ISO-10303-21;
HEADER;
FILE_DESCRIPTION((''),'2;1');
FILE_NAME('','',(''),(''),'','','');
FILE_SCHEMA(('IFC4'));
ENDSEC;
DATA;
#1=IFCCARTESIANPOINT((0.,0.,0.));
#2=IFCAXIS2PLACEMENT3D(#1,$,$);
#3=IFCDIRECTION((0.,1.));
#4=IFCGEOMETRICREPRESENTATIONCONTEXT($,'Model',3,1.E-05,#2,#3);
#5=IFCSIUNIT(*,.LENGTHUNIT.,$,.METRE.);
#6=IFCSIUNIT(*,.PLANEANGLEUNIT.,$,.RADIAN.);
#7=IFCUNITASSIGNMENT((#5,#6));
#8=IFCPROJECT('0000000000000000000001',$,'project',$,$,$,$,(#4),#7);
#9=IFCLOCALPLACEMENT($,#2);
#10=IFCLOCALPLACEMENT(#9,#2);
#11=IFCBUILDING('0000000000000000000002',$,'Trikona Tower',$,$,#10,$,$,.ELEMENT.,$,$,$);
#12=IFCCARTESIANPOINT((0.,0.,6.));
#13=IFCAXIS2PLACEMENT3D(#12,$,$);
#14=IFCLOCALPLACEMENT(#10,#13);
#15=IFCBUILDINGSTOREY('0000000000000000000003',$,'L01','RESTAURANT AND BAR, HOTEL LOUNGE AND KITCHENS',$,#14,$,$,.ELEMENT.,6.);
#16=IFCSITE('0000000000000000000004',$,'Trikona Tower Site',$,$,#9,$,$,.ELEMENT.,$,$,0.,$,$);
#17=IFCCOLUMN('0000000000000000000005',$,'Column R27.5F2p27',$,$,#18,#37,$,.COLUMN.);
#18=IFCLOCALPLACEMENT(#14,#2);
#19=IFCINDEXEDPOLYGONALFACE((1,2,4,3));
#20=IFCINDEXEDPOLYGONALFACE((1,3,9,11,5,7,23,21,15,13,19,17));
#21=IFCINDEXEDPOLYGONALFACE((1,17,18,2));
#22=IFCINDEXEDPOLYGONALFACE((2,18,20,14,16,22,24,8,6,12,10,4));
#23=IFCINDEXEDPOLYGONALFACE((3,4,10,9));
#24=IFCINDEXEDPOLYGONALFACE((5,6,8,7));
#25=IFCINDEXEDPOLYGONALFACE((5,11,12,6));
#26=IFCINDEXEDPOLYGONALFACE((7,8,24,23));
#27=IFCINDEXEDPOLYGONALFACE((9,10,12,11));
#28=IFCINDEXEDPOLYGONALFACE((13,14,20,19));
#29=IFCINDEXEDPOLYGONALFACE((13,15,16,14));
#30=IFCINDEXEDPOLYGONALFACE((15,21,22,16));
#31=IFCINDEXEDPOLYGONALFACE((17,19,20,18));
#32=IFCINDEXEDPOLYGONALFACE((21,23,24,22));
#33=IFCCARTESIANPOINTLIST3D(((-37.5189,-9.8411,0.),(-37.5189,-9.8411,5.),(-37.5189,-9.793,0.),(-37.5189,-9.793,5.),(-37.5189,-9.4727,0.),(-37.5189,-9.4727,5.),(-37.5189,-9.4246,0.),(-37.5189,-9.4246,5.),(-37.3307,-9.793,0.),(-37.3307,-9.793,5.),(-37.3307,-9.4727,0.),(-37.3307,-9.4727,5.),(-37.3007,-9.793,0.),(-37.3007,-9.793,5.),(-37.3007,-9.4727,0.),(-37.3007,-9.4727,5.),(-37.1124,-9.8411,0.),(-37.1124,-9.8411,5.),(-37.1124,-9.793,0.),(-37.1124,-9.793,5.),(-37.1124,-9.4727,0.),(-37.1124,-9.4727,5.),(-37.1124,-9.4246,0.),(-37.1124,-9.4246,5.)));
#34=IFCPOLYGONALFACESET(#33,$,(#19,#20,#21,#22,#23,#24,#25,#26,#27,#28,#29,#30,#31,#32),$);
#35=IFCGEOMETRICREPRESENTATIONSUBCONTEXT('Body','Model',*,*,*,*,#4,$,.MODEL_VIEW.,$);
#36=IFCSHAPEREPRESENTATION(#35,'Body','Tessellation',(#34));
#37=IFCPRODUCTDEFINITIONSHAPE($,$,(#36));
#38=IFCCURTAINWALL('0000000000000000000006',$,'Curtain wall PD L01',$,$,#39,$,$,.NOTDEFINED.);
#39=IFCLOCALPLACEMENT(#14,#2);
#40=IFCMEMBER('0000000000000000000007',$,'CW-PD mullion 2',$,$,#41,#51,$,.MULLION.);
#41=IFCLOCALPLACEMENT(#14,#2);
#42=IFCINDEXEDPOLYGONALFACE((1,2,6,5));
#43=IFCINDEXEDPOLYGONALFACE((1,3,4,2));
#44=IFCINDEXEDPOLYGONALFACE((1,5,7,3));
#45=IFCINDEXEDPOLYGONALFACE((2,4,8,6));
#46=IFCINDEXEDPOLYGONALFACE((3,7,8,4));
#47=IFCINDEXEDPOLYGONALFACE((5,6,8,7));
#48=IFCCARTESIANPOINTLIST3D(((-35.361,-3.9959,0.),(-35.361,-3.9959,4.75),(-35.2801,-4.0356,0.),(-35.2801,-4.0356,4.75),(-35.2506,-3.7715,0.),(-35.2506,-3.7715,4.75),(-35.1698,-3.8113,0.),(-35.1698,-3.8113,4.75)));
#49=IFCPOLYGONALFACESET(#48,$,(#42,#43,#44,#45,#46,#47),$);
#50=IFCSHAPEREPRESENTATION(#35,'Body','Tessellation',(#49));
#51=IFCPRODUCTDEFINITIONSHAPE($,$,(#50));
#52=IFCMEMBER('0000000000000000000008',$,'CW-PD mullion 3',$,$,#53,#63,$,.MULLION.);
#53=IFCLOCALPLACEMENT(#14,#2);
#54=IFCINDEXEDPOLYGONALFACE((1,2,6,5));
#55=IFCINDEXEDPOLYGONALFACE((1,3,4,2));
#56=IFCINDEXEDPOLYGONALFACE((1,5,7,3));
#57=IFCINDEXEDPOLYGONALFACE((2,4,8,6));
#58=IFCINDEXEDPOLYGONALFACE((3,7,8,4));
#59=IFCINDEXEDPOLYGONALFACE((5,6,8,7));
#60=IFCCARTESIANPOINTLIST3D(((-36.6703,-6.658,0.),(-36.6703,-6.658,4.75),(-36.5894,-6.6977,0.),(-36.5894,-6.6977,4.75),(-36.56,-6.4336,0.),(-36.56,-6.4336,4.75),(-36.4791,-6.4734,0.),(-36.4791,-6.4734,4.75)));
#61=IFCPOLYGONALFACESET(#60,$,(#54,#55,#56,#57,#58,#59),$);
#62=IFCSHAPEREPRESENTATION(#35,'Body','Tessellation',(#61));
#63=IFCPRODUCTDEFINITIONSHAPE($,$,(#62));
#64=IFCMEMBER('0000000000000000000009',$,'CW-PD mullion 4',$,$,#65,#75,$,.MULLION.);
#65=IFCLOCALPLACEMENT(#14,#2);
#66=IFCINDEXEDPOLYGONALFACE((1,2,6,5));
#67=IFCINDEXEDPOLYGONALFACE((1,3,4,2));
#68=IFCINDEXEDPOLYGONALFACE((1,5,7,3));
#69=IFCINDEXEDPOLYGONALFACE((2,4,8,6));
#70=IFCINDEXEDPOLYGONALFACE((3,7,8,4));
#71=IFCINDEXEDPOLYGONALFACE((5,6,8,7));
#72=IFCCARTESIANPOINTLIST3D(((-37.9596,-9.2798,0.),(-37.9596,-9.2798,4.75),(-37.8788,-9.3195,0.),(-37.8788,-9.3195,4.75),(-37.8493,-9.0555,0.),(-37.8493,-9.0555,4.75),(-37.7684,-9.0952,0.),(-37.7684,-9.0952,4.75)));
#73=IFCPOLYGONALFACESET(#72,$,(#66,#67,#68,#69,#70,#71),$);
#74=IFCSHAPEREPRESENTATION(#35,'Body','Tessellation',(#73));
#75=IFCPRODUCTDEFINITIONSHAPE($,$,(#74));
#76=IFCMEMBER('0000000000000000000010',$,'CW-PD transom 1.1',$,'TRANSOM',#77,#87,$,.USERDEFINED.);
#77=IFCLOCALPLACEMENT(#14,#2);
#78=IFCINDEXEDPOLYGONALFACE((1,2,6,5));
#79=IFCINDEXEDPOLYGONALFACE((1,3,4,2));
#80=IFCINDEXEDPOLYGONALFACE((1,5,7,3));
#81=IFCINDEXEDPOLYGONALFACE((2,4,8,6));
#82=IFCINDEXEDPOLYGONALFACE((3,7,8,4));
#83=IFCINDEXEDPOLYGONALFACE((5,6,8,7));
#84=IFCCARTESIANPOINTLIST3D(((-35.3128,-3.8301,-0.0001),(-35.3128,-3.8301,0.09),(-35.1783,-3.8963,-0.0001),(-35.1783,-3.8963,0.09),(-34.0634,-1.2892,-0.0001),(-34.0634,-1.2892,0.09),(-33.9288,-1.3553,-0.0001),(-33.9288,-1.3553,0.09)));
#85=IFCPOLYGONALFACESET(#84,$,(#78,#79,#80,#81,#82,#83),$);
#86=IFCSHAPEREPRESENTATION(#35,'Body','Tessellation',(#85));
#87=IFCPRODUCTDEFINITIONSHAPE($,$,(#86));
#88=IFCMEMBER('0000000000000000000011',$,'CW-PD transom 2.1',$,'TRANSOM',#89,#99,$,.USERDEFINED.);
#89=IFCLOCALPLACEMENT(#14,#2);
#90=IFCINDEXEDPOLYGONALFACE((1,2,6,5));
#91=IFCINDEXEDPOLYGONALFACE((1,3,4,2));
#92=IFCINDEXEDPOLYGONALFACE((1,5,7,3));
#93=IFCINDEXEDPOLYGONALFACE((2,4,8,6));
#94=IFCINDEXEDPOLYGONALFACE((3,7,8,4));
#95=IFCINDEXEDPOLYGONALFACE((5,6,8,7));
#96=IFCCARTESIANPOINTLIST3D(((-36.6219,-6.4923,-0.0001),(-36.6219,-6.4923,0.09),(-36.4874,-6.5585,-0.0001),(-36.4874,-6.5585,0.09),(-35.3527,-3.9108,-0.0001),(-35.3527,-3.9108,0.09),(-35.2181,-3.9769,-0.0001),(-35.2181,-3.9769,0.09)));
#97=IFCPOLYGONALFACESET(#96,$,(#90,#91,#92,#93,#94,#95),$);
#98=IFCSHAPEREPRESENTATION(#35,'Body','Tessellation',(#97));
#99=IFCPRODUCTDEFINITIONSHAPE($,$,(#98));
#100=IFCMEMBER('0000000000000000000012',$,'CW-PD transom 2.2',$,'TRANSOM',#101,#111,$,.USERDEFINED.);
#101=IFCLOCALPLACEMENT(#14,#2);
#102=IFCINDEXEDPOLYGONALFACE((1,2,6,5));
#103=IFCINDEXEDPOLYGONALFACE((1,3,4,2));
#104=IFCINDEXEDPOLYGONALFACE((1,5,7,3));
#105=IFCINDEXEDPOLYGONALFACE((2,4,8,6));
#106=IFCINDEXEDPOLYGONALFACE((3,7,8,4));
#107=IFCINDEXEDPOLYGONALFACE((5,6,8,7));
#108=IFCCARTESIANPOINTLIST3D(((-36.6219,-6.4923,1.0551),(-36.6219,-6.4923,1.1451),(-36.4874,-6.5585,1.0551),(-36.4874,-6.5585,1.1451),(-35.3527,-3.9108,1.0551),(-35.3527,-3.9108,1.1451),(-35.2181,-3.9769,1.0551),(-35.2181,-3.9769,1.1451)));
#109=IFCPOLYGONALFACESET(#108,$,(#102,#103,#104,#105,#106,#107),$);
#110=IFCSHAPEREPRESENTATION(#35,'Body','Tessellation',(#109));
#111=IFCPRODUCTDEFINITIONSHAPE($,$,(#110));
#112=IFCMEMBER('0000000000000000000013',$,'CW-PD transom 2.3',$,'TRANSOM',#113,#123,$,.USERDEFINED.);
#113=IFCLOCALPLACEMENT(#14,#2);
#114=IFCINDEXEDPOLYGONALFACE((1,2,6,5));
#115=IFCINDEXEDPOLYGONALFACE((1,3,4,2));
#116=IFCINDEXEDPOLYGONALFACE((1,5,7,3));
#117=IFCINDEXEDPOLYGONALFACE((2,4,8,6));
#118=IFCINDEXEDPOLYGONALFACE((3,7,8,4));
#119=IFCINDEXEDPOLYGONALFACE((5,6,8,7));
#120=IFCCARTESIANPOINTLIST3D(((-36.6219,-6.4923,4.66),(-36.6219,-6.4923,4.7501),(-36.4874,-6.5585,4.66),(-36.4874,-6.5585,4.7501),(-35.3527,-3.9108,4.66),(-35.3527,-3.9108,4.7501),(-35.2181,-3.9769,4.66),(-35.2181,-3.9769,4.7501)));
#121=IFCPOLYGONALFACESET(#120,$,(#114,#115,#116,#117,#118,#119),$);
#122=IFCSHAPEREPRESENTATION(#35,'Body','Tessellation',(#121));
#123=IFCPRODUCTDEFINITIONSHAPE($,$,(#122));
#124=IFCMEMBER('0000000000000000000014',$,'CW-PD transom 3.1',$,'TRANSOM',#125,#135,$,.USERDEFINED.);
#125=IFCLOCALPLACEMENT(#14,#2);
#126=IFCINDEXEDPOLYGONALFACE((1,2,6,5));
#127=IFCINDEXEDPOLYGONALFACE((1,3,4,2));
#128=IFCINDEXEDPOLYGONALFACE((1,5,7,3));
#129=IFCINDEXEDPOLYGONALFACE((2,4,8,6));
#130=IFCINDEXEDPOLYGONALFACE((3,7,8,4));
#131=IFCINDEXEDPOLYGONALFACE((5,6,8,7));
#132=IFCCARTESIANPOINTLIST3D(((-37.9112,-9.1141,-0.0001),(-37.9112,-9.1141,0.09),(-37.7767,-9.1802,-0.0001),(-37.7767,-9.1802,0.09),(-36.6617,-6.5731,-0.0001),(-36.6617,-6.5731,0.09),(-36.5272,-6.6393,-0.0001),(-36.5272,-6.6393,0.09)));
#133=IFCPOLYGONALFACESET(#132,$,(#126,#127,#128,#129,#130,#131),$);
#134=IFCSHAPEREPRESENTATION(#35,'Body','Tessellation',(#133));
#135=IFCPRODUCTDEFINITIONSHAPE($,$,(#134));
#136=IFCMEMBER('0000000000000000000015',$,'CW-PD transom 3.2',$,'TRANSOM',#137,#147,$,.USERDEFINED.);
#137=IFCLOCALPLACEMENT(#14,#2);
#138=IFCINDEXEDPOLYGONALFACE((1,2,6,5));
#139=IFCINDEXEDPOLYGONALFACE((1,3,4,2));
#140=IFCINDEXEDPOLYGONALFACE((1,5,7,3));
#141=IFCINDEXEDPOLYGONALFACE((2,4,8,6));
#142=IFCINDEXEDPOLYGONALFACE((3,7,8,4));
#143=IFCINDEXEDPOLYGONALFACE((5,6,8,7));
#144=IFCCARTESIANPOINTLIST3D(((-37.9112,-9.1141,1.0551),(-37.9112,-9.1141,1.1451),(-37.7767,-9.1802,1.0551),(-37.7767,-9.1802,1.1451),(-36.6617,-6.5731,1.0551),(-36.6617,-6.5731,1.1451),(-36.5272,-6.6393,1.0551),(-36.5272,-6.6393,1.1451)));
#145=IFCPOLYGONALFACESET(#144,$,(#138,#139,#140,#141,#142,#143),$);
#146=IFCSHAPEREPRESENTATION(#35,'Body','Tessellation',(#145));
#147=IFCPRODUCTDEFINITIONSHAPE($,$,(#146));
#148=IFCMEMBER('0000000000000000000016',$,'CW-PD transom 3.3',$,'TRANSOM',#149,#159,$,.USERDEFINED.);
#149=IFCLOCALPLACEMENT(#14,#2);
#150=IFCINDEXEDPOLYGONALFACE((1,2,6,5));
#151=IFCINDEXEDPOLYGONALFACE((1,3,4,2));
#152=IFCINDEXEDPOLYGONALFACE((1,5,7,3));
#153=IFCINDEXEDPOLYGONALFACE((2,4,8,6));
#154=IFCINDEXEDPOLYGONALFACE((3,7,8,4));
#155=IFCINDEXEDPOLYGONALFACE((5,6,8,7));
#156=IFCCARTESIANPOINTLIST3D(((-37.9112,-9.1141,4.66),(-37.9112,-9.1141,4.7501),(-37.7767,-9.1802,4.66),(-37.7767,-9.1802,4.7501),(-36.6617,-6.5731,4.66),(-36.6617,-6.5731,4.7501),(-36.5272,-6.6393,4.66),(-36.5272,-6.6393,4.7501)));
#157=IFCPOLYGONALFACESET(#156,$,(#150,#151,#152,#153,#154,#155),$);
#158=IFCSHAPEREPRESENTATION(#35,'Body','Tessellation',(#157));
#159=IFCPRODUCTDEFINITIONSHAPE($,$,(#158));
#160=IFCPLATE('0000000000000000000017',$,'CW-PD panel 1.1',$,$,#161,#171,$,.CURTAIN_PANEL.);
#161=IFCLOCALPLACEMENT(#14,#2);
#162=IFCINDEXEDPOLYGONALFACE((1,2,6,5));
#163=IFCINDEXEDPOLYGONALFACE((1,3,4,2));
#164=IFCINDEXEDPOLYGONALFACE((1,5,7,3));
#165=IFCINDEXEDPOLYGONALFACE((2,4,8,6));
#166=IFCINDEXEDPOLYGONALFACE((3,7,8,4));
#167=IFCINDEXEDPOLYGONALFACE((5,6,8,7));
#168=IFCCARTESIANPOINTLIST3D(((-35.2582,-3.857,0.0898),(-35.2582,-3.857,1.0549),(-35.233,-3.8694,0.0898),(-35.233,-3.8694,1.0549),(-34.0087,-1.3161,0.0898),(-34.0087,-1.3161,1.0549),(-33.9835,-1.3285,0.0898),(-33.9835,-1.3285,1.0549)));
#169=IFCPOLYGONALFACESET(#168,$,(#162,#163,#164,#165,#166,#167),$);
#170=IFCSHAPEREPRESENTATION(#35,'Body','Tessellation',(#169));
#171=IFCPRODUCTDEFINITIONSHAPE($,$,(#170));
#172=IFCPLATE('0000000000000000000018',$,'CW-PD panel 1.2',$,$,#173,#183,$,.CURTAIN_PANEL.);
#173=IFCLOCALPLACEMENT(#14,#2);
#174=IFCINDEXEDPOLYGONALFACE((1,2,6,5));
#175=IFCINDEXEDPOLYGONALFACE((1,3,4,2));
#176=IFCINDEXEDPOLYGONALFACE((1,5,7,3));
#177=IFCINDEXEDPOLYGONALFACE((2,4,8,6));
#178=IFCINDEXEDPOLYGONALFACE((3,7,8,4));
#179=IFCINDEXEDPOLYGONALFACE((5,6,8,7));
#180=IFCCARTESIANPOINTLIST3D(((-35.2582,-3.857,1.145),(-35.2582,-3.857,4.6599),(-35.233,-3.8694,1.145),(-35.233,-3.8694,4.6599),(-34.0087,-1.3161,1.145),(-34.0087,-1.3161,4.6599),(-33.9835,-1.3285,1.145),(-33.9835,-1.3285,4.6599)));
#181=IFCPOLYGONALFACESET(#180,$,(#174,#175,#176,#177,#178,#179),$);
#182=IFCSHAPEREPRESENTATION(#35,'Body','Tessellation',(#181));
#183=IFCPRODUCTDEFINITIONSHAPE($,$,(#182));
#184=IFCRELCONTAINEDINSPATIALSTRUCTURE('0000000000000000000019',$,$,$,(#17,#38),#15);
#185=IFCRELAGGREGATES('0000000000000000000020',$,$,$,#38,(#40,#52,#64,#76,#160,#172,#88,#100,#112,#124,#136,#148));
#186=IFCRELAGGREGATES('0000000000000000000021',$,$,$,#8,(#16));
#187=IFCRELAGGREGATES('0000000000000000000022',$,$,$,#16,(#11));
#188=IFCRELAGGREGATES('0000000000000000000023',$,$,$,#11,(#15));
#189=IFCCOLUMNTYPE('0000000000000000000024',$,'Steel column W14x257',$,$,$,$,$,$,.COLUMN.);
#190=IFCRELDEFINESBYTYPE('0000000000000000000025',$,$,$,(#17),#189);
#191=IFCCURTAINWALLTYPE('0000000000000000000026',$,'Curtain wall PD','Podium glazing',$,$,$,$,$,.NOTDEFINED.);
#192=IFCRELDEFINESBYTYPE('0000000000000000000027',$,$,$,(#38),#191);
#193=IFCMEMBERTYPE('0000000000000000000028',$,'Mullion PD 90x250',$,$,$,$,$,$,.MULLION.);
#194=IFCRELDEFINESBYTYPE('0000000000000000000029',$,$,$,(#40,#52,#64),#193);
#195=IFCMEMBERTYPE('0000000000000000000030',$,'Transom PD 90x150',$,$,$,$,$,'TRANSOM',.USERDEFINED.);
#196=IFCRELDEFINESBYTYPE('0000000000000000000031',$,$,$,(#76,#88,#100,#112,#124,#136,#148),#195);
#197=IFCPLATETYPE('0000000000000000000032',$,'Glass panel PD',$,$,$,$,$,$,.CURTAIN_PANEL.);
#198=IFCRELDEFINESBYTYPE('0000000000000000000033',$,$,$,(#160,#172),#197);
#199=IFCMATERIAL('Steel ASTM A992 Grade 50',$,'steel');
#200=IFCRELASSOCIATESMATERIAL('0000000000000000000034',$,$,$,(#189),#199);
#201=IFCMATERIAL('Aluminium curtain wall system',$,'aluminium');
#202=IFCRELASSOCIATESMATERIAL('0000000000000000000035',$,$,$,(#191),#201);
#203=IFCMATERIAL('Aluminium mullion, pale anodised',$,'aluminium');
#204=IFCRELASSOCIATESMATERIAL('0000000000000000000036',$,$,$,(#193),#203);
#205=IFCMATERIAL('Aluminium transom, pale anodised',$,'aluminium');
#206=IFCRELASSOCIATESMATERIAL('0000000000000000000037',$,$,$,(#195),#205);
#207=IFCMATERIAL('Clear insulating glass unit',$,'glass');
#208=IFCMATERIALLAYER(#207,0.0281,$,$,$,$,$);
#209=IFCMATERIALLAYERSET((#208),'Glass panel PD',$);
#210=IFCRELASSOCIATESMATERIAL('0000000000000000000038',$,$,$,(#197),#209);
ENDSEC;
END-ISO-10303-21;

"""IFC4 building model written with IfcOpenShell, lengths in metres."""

from ifc_helpers import new_model, si_unit, direction, frame, origin, origin_2d, place, context, subcontext, project, spatial, rectangle, i_section, extrude, material, layer, layer_set, material_profile, profile_set, type_object, element, aggregate, save


model = new_model("IFC4")

# Units and contexts
model_context = context("Model", 3, precision=1e-05, world=origin(), true_north=direction((0.0, 1.0)))
body_context = subcontext(model_context, "Body", "Model", "MODEL_VIEW")
ifc_project = project(units=[si_unit("LENGTHUNIT", "METRE"), si_unit("PLANEANGLEUNIT", "RADIAN")], contexts=[model_context])

# Site, building, storey
site_placement = place(None, origin())
site = spatial("IfcSite", under=ifc_project, at=site_placement, Name="Trikona Tower Site", CompositionType="ELEMENT", RefElevation=0.0)
building_placement = place(site_placement, origin())
building = spatial("IfcBuilding", under=site, at=building_placement, Name="Trikona Tower", CompositionType="ELEMENT")
storey_placement = place(building_placement, frame((0.0, 0.0, 6.0)))
storey = spatial("IfcBuildingStorey", under=building, at=storey_placement, Name="L01", Description="RESTAURANT AND BAR, HOTEL LOUNGE AND KITCHENS", CompositionType="ELEMENT", Elevation=6.0)

# Column
ifc_material_1 = material(Name="Steel ASTM A992 Grade 50", Category="steel")
ifc_material_profile_1 = material_profile(ifc_material_1, i_section(OverallWidth=0.4065, OverallDepth=0.4165, WebThickness=0.03, FlangeThickness=0.0481, at=origin_2d()), Name="W14X257")
ifc_profile_set_1 = profile_set([ifc_material_profile_1], Name="Steel ASTM A992 Grade 50")
column_type = type_object("IfcColumnType", Name="Steel column W14x257", PredefinedType="COLUMN", material=ifc_profile_set_1)
column_placement = place(storey_placement, frame((-37.3157, -9.6328, 0.0), z_axis=(0.0, 0.0, 1.0), x_axis=(1.0, 0.0, 0.0)))
element("IfcColumn", 1, at=column_placement, inside=storey, type_object=column_type, Name="Column R27.5F2p27", PredefinedType="COLUMN", context=body_context, shape_type="SweptSolid", body=[
    extrude(i_section(OverallWidth=0.4065, OverallDepth=0.4165, WebThickness=0.03, FlangeThickness=0.0481, at=origin_2d()), origin(), (0.0, 0.0, 1.0), 5.0),
])

# Curtain wall, members, plates
ifc_material_2 = material(Name="Aluminium curtain wall system", Category="aluminium")
curtain_wall_type = type_object("IfcCurtainWallType", Name="Curtain wall PD", Description="Podium glazing", PredefinedType="NOTDEFINED", material=ifc_material_2)
curtain_wall_placement = place(storey_placement, origin())
curtain_wall = element("IfcCurtainWall", 2, at=curtain_wall_placement, inside=storey, type_object=curtain_wall_type, Name="Curtain wall PD L01", PredefinedType="NOTDEFINED")
ifc_material_3 = material(Name="Aluminium mullion, pale anodised", Category="aluminium")
ifc_material_profile_2 = material_profile(ifc_material_3, rectangle(XDim=0.0901, YDim=0.25, at=origin_2d()), Name="MUL-PD")
ifc_profile_set_2 = profile_set([ifc_material_profile_2], Name="Aluminium mullion, pale anodised")
member_type_1 = type_object("IfcMemberType", Name="Mullion PD 90x250", PredefinedType="MULLION", material=ifc_profile_set_2)
member_1_placement = place(storey_placement, frame((-35.2654, -3.9036, 0.0), z_axis=(0.0, 0.0, 1.0), x_axis=(0.897363, -0.441294, 0.0)))
member_1 = element("IfcMember", 3, at=member_1_placement, type_object=member_type_1, Name="CW-PD mullion 2", PredefinedType="MULLION", context=body_context, shape_type="SweptSolid", body=[
    extrude(rectangle(XDim=0.0901, YDim=0.25, at=origin_2d()), origin(), (0.0, 0.0, 1.0), 4.75),
])
member_2_placement = place(storey_placement, frame((-36.5747, -6.5657, 0.0), z_axis=(0.0, 0.0, 1.0), x_axis=(0.897363, -0.441294, 0.0)))
member_2 = element("IfcMember", 4, at=member_2_placement, type_object=member_type_1, Name="CW-PD mullion 3", PredefinedType="MULLION", context=body_context, shape_type="SweptSolid", body=[
    extrude(rectangle(XDim=0.0901, YDim=0.25, at=origin_2d()), origin(), (0.0, 0.0, 1.0), 4.75),
])
member_3_placement = place(storey_placement, frame((-37.864, -9.1875, 0.0), z_axis=(0.0, 0.0, 1.0), x_axis=(0.897363, -0.441294, 0.0)))
member_3 = element("IfcMember", 5, at=member_3_placement, type_object=member_type_1, Name="CW-PD mullion 4", PredefinedType="MULLION", context=body_context, shape_type="SweptSolid", body=[
    extrude(rectangle(XDim=0.0901, YDim=0.25, at=origin_2d()), origin(), (0.0, 0.0, 1.0), 4.75),
])
ifc_material_4 = material(Name="Aluminium transom, pale anodised", Category="aluminium")
ifc_material_profile_3 = material_profile(ifc_material_4, rectangle(XDim=0.1499, YDim=0.0901, at=origin_2d()), Name="TRN-PD")
ifc_profile_set_3 = profile_set([ifc_material_profile_3], Name="Aluminium transom, pale anodised")
member_type_2 = type_object("IfcMemberType", Name="Transom PD 90x150", ElementType="TRANSOM", PredefinedType="USERDEFINED", material=ifc_profile_set_3)
member_4_placement = place(storey_placement, frame((-33.9961, -1.3223, 0.0449), z_axis=(-0.441272, -0.897373, 0.0), x_axis=(0.897373, -0.441272, 0.0)))
member_4 = element("IfcMember", 6, at=member_4_placement, type_object=member_type_2, Name="CW-PD transom 1.1", ObjectType="TRANSOM", PredefinedType="USERDEFINED", context=body_context, shape_type="SweptSolid", body=[
    extrude(rectangle(XDim=0.1499, YDim=0.0901, at=origin_2d()), origin(), (0.0, 0.0, 1.0), 2.8315),
])
member_5_placement = place(storey_placement, frame((-35.2854, -3.9438, 0.0449), z_axis=(-0.441229, -0.897395, 0.0), x_axis=(0.897395, -0.441229, 0.0)))
member_5 = element("IfcMember", 7, at=member_5_placement, type_object=member_type_2, Name="CW-PD transom 2.1", ObjectType="TRANSOM", PredefinedType="USERDEFINED", context=body_context, shape_type="SweptSolid", body=[
    extrude(rectangle(XDim=0.1499, YDim=0.0901, at=origin_2d()), origin(), (0.0, 0.0, 1.0), 2.8767),
])
member_6_placement = place(storey_placement, frame((-35.2854, -3.9438, 1.1001), z_axis=(-0.441229, -0.897395, 0.0), x_axis=(0.897395, -0.441229, 0.0)))
member_6 = element("IfcMember", 8, at=member_6_placement, type_object=member_type_2, Name="CW-PD transom 2.2", ObjectType="TRANSOM", PredefinedType="USERDEFINED", context=body_context, shape_type="SweptSolid", body=[
    extrude(rectangle(XDim=0.1499, YDim=0.0901, at=origin_2d()), origin(), (0.0, 0.0, 1.0), 2.8767),
])
member_7_placement = place(storey_placement, frame((-35.2854, -3.9438, 4.7051), z_axis=(-0.441229, -0.897395, 0.0), x_axis=(0.897395, -0.441229, 0.0)))
member_7 = element("IfcMember", 9, at=member_7_placement, type_object=member_type_2, Name="CW-PD transom 2.3", ObjectType="TRANSOM", PredefinedType="USERDEFINED", context=body_context, shape_type="SweptSolid", body=[
    extrude(rectangle(XDim=0.1499, YDim=0.0901, at=origin_2d()), origin(), (0.0, 0.0, 1.0), 2.8767),
])
member_8_placement = place(storey_placement, frame((-36.5945, -6.6062, 0.0449), z_axis=(-0.441272, -0.897373, 0.0), x_axis=(0.897373, -0.441272, 0.0)))
member_8 = element("IfcMember", 10, at=member_8_placement, type_object=member_type_2, Name="CW-PD transom 3.1", ObjectType="TRANSOM", PredefinedType="USERDEFINED", context=body_context, shape_type="SweptSolid", body=[
    extrude(rectangle(XDim=0.1499, YDim=0.0901, at=origin_2d()), origin(), (0.0, 0.0, 1.0), 2.8315),
])
member_9_placement = place(storey_placement, frame((-36.5945, -6.6062, 1.1001), z_axis=(-0.441272, -0.897373, 0.0), x_axis=(0.897373, -0.441272, 0.0)))
member_9 = element("IfcMember", 11, at=member_9_placement, type_object=member_type_2, Name="CW-PD transom 3.2", ObjectType="TRANSOM", PredefinedType="USERDEFINED", context=body_context, shape_type="SweptSolid", body=[
    extrude(rectangle(XDim=0.1499, YDim=0.0901, at=origin_2d()), origin(), (0.0, 0.0, 1.0), 2.8315),
])
member_10_placement = place(storey_placement, frame((-36.5945, -6.6062, 4.7051), z_axis=(-0.441272, -0.897373, 0.0), x_axis=(0.897373, -0.441272, 0.0)))
member_10 = element("IfcMember", 12, at=member_10_placement, type_object=member_type_2, Name="CW-PD transom 3.3", ObjectType="TRANSOM", PredefinedType="USERDEFINED", context=body_context, shape_type="SweptSolid", body=[
    extrude(rectangle(XDim=0.1499, YDim=0.0901, at=origin_2d()), origin(), (0.0, 0.0, 1.0), 2.8315),
])
ifc_material_5 = material(Name="Clear insulating glass unit", Category="glass")
ifc_layer_1 = layer(ifc_material_5, 0.0281)
ifc_layer_set_1 = layer_set([ifc_layer_1], Name="Glass panel PD")
plate_type = type_object("IfcPlateType", Name="Glass panel PD", PredefinedType="CURTAIN_PANEL", material=ifc_layer_set_1)
plate_1_placement = place(storey_placement, frame((-34.6208, -2.5928, 0.0898), z_axis=(0.0, 0.0, 1.0), x_axis=(-0.441294, -0.897363, 0.0)))
plate_1 = element("IfcPlate", 13, at=plate_1_placement, type_object=plate_type, Name="CW-PD panel 1.1", PredefinedType="CURTAIN_PANEL", context=body_context, shape_type="SweptSolid", body=[
    extrude(rectangle(XDim=2.8315, YDim=0.0281, at=origin_2d()), origin(), (0.0, 0.0, 1.0), 0.9651),
])
plate_2_placement = place(storey_placement, frame((-34.6208, -2.5928, 1.145), z_axis=(0.0, 0.0, 1.0), x_axis=(-0.441294, -0.897363, 0.0)))
plate_2 = element("IfcPlate", 14, at=plate_2_placement, type_object=plate_type, Name="CW-PD panel 1.2", PredefinedType="CURTAIN_PANEL", context=body_context, shape_type="SweptSolid", body=[
    extrude(rectangle(XDim=2.8315, YDim=0.0281, at=origin_2d()), origin(), (0.0, 0.0, 1.0), 3.5149),
])
aggregate(curtain_wall, [member_1, member_2, member_3, member_4, plate_1, plate_2, member_5, member_6, member_7, member_8, member_9, member_10])

save(model, "model.ifc")
